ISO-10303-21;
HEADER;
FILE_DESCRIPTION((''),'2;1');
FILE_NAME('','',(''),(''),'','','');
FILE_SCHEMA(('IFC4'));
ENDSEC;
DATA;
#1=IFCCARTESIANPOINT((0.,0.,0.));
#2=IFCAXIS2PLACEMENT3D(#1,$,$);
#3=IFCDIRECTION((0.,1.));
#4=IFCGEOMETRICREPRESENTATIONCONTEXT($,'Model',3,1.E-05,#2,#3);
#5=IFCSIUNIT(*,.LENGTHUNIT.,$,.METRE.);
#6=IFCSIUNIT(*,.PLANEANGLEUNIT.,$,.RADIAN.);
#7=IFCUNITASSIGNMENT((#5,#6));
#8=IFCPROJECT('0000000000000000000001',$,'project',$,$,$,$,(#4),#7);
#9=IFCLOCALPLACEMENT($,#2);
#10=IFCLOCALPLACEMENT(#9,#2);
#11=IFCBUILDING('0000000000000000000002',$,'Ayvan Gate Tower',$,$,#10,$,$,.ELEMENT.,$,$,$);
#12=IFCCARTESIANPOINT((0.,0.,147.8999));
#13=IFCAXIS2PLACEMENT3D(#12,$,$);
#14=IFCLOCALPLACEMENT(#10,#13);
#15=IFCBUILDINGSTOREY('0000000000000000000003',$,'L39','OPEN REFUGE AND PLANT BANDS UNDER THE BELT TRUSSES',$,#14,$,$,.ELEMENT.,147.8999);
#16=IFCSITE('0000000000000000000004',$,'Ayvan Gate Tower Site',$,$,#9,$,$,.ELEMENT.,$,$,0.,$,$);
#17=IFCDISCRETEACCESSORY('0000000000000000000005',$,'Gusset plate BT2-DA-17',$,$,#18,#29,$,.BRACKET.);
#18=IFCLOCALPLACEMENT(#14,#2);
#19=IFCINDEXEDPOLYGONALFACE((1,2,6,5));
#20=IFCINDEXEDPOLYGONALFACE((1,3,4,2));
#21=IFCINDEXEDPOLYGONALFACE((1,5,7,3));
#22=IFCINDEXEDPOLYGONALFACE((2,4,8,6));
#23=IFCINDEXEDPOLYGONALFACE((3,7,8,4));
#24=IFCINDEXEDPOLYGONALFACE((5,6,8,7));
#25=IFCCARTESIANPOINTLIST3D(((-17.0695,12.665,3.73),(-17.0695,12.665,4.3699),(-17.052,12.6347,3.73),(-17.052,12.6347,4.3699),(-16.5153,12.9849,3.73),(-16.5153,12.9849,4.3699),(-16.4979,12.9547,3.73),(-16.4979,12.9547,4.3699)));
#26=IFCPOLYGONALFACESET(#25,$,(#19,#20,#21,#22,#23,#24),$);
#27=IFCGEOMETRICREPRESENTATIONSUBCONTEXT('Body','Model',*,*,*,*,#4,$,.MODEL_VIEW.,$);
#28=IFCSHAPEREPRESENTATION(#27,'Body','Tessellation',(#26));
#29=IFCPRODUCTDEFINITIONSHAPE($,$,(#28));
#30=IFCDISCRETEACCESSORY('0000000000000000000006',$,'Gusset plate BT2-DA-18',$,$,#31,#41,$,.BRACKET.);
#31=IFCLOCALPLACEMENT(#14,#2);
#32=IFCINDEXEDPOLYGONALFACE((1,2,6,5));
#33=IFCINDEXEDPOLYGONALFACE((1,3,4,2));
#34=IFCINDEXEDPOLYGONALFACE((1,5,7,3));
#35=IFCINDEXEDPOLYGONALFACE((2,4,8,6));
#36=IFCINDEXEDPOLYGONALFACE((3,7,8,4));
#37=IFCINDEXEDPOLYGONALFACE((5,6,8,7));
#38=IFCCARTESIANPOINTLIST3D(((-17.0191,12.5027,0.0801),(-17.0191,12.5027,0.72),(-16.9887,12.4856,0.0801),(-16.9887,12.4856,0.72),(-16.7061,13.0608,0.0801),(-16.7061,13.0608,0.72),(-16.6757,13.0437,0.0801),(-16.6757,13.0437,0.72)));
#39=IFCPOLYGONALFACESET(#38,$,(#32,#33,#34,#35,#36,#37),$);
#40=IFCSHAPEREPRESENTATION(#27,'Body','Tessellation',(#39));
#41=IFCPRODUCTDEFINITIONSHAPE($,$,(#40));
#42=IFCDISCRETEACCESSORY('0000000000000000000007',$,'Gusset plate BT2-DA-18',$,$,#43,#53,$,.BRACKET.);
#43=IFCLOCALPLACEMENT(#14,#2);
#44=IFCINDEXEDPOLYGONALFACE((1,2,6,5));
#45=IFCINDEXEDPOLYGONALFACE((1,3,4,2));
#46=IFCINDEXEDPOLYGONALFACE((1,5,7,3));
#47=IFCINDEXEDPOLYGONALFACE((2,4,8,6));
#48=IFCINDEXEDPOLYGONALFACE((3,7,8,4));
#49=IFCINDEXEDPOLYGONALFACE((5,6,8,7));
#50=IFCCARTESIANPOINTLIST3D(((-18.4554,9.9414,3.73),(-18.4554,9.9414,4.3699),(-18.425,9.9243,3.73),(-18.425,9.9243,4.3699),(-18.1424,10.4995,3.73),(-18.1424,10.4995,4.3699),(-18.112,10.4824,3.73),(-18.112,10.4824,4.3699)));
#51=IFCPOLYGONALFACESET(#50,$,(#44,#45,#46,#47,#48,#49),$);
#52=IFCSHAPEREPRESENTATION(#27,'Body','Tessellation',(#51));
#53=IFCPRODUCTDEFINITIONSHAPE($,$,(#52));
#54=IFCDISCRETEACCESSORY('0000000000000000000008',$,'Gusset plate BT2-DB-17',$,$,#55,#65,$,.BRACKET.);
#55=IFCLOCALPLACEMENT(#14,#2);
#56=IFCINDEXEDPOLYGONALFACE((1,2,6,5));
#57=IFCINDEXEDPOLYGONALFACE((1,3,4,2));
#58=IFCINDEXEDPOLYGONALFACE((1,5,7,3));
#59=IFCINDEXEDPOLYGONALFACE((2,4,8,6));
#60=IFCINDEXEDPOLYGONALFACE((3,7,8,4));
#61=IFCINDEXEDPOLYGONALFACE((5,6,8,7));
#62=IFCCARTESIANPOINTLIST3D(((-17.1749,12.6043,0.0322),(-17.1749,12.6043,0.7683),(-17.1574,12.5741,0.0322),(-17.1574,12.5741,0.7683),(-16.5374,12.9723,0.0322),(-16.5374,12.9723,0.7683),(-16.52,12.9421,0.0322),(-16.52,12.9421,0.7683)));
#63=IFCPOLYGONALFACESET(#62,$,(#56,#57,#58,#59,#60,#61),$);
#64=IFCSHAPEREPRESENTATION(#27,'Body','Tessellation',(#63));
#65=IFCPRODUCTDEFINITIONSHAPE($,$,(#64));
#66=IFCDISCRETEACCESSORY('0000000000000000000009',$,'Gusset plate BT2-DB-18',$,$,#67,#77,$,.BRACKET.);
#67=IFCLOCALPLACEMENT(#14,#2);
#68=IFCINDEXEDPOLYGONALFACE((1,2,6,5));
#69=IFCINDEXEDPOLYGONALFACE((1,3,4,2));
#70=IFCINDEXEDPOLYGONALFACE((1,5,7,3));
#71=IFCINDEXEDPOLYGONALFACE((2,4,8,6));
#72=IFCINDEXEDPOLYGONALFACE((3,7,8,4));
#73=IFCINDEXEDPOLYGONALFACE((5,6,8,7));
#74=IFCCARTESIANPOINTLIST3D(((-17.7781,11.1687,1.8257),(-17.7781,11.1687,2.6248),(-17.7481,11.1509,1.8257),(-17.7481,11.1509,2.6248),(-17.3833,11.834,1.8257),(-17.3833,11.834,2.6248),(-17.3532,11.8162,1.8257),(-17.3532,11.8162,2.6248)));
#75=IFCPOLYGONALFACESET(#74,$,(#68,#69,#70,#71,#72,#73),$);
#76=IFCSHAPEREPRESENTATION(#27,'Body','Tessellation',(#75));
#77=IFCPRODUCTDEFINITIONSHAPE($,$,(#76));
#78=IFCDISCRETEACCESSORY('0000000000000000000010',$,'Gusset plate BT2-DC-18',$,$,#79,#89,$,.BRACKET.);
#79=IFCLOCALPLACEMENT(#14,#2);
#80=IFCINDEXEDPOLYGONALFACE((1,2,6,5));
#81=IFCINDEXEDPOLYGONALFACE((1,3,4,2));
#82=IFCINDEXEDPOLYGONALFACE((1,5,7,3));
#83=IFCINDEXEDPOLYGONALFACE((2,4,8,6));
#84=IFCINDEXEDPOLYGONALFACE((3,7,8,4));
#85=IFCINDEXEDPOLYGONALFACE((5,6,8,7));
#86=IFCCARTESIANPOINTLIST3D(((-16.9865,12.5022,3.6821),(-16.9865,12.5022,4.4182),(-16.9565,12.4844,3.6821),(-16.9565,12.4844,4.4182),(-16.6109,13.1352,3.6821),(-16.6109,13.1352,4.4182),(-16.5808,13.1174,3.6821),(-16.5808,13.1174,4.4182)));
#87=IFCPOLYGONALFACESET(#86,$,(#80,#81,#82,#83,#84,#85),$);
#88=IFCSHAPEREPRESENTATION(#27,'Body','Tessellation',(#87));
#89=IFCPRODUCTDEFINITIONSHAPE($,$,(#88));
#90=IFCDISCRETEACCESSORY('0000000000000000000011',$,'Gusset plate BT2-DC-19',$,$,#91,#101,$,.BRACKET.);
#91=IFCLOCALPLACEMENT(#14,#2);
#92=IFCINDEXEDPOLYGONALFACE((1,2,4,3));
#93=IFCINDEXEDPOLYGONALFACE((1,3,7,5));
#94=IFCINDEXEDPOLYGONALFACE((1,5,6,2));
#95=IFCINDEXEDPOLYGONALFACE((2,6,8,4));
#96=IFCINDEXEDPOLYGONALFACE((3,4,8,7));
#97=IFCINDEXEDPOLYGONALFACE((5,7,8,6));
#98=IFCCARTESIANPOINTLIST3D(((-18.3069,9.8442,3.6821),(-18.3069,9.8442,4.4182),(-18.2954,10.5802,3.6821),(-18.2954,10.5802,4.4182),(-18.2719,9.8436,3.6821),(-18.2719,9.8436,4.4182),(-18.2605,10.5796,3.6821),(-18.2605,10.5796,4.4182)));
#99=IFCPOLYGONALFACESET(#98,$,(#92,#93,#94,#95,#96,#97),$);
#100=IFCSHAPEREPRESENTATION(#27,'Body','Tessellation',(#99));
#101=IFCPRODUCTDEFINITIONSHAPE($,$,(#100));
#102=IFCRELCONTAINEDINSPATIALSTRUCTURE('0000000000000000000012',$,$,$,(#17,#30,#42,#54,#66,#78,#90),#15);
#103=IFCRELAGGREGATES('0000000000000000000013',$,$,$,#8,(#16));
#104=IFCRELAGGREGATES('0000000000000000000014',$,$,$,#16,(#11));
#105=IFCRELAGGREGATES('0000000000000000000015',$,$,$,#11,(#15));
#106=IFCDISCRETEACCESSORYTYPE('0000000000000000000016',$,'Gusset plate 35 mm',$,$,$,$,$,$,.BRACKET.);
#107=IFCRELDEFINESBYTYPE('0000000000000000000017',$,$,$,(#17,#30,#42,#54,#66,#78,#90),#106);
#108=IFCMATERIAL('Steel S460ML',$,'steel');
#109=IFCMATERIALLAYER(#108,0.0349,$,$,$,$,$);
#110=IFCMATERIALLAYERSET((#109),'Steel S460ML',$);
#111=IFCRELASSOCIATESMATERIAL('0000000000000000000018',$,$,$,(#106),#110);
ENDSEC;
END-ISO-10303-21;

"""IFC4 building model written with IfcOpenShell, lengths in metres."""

from ifc_helpers import new_model, si_unit, direction, frame, origin, origin_2d, place, context, subcontext, project, spatial, rectangle, extrude, material, layer, layer_set, type_object, element, save


model = new_model("IFC4")

# Units and contexts
model_context = context("Model", 3, precision=1e-05, world=origin(), true_north=direction((0.0, 1.0)))
body_context = subcontext(model_context, "Body", "Model", "MODEL_VIEW")
ifc_project = project(units=[si_unit("LENGTHUNIT", "METRE"), si_unit("PLANEANGLEUNIT", "RADIAN")], contexts=[model_context])

# Site, building, storey
site_placement = place(None, origin())
site = spatial("IfcSite", under=ifc_project, at=site_placement, Name="Ayvan Gate Tower Site", CompositionType="ELEMENT", RefElevation=0.0)
building_placement = place(site_placement, origin())
building = spatial("IfcBuilding", under=site, at=building_placement, Name="Ayvan Gate Tower", CompositionType="ELEMENT")
storey_placement = place(building_placement, frame((0.0, 0.0, 147.8999)))
storey = spatial("IfcBuildingStorey", under=building, at=storey_placement, Name="L39", Description="OPEN REFUGE AND PLANT BANDS UNDER THE BELT TRUSSES", CompositionType="ELEMENT", Elevation=147.8999)

# Shared definitions
ifc_material_1 = material(Name="Steel S460ML", Category="steel")

# Discrete accessories
ifc_layer_1 = layer(ifc_material_1, 0.0349)
ifc_layer_set_1 = layer_set([ifc_layer_1], Name="Steel S460ML")
discrete_accessory_type_1 = type_object("IfcDiscreteAccessoryType", Name="Gusset plate 35 mm", PredefinedType="BRACKET", material=ifc_layer_set_1)
for number, where, z_axis, x_axis, name in (
    (1, (-16.7837, 12.8098, 3.73), (0.0, 0.0, 1.0), (0.866025, 0.5, 0.0), "Gusset plate BT2-DA-17"),
    (2, (-16.8474, 12.7732, 0.0801), (0.0, 0.0, 1.0), (0.489113, 0.87222, 0.0), "Gusset plate BT2-DA-18"),
    (3, (-18.2837, 10.2119, 3.73), (0.0, 0.0, 1.0), (0.489113, 0.87222, 0.0), "Gusset plate BT2-DA-18"),
):
    element("IfcDiscreteAccessory", number, at=place(storey_placement, frame(where, z_axis=z_axis, x_axis=x_axis)), inside=storey, type_object=discrete_accessory_type_1, Name=name, PredefinedType="BRACKET", context=body_context, shape_type="SweptSolid", body=[
        extrude(rectangle(XDim=0.6399, YDim=0.0349, at=origin_2d()), origin(), (0.0, 0.0, 1.0), 0.6399),
    ])
discrete_accessory_1_placement = place(storey_placement, frame((-16.8474, 12.7732, 0.0322), z_axis=(0.0, 0.0, 1.0), x_axis=(0.866025, 0.5, 0.0)))
element("IfcDiscreteAccessory", 4, at=discrete_accessory_1_placement, inside=storey, type_object=discrete_accessory_type_1, Name="Gusset plate BT2-DB-17", PredefinedType="BRACKET", context=body_context, shape_type="SweptSolid", body=[
    extrude(rectangle(XDim=0.7361, YDim=0.0349, at=origin_2d()), origin(), (0.0, 0.0, 1.0), 0.7361),
])
discrete_accessory_2_placement = place(storey_placement, frame((-17.5657, 11.4924, 1.8257), z_axis=(0.0, 0.0, 1.0), x_axis=(0.510361, 0.85996, 0.0)))
element("IfcDiscreteAccessory", 5, at=discrete_accessory_2_placement, inside=storey, type_object=discrete_accessory_type_1, Name="Gusset plate BT2-DB-18", PredefinedType="BRACKET", context=body_context, shape_type="SweptSolid", body=[
    extrude(rectangle(XDim=0.7737, YDim=0.0349, at=origin_2d()), origin(), (0.0, 0.0, 1.0), 0.7991),
])
for number, where, z_axis, x_axis, name in (
    (6, (-16.7837, 12.8098, 3.6821), (0.0, 0.0, 1.0), (0.510361, 0.85996, 0.0), "Gusset plate BT2-DC-18"),
    (7, (-18.2837, 10.2119, 3.6821), (0.0, 0.0, 1.0), (0.015512, 0.99988, 0.0), "Gusset plate BT2-DC-19"),
):
    element("IfcDiscreteAccessory", number, at=place(storey_placement, frame(where, z_axis=z_axis, x_axis=x_axis)), inside=storey, type_object=discrete_accessory_type_1, Name=name, PredefinedType="BRACKET", context=body_context, shape_type="SweptSolid", body=[
        extrude(rectangle(XDim=0.7361, YDim=0.0349, at=origin_2d()), origin(), (0.0, 0.0, 1.0), 0.7361),
    ])

save(model, "model.ifc")
